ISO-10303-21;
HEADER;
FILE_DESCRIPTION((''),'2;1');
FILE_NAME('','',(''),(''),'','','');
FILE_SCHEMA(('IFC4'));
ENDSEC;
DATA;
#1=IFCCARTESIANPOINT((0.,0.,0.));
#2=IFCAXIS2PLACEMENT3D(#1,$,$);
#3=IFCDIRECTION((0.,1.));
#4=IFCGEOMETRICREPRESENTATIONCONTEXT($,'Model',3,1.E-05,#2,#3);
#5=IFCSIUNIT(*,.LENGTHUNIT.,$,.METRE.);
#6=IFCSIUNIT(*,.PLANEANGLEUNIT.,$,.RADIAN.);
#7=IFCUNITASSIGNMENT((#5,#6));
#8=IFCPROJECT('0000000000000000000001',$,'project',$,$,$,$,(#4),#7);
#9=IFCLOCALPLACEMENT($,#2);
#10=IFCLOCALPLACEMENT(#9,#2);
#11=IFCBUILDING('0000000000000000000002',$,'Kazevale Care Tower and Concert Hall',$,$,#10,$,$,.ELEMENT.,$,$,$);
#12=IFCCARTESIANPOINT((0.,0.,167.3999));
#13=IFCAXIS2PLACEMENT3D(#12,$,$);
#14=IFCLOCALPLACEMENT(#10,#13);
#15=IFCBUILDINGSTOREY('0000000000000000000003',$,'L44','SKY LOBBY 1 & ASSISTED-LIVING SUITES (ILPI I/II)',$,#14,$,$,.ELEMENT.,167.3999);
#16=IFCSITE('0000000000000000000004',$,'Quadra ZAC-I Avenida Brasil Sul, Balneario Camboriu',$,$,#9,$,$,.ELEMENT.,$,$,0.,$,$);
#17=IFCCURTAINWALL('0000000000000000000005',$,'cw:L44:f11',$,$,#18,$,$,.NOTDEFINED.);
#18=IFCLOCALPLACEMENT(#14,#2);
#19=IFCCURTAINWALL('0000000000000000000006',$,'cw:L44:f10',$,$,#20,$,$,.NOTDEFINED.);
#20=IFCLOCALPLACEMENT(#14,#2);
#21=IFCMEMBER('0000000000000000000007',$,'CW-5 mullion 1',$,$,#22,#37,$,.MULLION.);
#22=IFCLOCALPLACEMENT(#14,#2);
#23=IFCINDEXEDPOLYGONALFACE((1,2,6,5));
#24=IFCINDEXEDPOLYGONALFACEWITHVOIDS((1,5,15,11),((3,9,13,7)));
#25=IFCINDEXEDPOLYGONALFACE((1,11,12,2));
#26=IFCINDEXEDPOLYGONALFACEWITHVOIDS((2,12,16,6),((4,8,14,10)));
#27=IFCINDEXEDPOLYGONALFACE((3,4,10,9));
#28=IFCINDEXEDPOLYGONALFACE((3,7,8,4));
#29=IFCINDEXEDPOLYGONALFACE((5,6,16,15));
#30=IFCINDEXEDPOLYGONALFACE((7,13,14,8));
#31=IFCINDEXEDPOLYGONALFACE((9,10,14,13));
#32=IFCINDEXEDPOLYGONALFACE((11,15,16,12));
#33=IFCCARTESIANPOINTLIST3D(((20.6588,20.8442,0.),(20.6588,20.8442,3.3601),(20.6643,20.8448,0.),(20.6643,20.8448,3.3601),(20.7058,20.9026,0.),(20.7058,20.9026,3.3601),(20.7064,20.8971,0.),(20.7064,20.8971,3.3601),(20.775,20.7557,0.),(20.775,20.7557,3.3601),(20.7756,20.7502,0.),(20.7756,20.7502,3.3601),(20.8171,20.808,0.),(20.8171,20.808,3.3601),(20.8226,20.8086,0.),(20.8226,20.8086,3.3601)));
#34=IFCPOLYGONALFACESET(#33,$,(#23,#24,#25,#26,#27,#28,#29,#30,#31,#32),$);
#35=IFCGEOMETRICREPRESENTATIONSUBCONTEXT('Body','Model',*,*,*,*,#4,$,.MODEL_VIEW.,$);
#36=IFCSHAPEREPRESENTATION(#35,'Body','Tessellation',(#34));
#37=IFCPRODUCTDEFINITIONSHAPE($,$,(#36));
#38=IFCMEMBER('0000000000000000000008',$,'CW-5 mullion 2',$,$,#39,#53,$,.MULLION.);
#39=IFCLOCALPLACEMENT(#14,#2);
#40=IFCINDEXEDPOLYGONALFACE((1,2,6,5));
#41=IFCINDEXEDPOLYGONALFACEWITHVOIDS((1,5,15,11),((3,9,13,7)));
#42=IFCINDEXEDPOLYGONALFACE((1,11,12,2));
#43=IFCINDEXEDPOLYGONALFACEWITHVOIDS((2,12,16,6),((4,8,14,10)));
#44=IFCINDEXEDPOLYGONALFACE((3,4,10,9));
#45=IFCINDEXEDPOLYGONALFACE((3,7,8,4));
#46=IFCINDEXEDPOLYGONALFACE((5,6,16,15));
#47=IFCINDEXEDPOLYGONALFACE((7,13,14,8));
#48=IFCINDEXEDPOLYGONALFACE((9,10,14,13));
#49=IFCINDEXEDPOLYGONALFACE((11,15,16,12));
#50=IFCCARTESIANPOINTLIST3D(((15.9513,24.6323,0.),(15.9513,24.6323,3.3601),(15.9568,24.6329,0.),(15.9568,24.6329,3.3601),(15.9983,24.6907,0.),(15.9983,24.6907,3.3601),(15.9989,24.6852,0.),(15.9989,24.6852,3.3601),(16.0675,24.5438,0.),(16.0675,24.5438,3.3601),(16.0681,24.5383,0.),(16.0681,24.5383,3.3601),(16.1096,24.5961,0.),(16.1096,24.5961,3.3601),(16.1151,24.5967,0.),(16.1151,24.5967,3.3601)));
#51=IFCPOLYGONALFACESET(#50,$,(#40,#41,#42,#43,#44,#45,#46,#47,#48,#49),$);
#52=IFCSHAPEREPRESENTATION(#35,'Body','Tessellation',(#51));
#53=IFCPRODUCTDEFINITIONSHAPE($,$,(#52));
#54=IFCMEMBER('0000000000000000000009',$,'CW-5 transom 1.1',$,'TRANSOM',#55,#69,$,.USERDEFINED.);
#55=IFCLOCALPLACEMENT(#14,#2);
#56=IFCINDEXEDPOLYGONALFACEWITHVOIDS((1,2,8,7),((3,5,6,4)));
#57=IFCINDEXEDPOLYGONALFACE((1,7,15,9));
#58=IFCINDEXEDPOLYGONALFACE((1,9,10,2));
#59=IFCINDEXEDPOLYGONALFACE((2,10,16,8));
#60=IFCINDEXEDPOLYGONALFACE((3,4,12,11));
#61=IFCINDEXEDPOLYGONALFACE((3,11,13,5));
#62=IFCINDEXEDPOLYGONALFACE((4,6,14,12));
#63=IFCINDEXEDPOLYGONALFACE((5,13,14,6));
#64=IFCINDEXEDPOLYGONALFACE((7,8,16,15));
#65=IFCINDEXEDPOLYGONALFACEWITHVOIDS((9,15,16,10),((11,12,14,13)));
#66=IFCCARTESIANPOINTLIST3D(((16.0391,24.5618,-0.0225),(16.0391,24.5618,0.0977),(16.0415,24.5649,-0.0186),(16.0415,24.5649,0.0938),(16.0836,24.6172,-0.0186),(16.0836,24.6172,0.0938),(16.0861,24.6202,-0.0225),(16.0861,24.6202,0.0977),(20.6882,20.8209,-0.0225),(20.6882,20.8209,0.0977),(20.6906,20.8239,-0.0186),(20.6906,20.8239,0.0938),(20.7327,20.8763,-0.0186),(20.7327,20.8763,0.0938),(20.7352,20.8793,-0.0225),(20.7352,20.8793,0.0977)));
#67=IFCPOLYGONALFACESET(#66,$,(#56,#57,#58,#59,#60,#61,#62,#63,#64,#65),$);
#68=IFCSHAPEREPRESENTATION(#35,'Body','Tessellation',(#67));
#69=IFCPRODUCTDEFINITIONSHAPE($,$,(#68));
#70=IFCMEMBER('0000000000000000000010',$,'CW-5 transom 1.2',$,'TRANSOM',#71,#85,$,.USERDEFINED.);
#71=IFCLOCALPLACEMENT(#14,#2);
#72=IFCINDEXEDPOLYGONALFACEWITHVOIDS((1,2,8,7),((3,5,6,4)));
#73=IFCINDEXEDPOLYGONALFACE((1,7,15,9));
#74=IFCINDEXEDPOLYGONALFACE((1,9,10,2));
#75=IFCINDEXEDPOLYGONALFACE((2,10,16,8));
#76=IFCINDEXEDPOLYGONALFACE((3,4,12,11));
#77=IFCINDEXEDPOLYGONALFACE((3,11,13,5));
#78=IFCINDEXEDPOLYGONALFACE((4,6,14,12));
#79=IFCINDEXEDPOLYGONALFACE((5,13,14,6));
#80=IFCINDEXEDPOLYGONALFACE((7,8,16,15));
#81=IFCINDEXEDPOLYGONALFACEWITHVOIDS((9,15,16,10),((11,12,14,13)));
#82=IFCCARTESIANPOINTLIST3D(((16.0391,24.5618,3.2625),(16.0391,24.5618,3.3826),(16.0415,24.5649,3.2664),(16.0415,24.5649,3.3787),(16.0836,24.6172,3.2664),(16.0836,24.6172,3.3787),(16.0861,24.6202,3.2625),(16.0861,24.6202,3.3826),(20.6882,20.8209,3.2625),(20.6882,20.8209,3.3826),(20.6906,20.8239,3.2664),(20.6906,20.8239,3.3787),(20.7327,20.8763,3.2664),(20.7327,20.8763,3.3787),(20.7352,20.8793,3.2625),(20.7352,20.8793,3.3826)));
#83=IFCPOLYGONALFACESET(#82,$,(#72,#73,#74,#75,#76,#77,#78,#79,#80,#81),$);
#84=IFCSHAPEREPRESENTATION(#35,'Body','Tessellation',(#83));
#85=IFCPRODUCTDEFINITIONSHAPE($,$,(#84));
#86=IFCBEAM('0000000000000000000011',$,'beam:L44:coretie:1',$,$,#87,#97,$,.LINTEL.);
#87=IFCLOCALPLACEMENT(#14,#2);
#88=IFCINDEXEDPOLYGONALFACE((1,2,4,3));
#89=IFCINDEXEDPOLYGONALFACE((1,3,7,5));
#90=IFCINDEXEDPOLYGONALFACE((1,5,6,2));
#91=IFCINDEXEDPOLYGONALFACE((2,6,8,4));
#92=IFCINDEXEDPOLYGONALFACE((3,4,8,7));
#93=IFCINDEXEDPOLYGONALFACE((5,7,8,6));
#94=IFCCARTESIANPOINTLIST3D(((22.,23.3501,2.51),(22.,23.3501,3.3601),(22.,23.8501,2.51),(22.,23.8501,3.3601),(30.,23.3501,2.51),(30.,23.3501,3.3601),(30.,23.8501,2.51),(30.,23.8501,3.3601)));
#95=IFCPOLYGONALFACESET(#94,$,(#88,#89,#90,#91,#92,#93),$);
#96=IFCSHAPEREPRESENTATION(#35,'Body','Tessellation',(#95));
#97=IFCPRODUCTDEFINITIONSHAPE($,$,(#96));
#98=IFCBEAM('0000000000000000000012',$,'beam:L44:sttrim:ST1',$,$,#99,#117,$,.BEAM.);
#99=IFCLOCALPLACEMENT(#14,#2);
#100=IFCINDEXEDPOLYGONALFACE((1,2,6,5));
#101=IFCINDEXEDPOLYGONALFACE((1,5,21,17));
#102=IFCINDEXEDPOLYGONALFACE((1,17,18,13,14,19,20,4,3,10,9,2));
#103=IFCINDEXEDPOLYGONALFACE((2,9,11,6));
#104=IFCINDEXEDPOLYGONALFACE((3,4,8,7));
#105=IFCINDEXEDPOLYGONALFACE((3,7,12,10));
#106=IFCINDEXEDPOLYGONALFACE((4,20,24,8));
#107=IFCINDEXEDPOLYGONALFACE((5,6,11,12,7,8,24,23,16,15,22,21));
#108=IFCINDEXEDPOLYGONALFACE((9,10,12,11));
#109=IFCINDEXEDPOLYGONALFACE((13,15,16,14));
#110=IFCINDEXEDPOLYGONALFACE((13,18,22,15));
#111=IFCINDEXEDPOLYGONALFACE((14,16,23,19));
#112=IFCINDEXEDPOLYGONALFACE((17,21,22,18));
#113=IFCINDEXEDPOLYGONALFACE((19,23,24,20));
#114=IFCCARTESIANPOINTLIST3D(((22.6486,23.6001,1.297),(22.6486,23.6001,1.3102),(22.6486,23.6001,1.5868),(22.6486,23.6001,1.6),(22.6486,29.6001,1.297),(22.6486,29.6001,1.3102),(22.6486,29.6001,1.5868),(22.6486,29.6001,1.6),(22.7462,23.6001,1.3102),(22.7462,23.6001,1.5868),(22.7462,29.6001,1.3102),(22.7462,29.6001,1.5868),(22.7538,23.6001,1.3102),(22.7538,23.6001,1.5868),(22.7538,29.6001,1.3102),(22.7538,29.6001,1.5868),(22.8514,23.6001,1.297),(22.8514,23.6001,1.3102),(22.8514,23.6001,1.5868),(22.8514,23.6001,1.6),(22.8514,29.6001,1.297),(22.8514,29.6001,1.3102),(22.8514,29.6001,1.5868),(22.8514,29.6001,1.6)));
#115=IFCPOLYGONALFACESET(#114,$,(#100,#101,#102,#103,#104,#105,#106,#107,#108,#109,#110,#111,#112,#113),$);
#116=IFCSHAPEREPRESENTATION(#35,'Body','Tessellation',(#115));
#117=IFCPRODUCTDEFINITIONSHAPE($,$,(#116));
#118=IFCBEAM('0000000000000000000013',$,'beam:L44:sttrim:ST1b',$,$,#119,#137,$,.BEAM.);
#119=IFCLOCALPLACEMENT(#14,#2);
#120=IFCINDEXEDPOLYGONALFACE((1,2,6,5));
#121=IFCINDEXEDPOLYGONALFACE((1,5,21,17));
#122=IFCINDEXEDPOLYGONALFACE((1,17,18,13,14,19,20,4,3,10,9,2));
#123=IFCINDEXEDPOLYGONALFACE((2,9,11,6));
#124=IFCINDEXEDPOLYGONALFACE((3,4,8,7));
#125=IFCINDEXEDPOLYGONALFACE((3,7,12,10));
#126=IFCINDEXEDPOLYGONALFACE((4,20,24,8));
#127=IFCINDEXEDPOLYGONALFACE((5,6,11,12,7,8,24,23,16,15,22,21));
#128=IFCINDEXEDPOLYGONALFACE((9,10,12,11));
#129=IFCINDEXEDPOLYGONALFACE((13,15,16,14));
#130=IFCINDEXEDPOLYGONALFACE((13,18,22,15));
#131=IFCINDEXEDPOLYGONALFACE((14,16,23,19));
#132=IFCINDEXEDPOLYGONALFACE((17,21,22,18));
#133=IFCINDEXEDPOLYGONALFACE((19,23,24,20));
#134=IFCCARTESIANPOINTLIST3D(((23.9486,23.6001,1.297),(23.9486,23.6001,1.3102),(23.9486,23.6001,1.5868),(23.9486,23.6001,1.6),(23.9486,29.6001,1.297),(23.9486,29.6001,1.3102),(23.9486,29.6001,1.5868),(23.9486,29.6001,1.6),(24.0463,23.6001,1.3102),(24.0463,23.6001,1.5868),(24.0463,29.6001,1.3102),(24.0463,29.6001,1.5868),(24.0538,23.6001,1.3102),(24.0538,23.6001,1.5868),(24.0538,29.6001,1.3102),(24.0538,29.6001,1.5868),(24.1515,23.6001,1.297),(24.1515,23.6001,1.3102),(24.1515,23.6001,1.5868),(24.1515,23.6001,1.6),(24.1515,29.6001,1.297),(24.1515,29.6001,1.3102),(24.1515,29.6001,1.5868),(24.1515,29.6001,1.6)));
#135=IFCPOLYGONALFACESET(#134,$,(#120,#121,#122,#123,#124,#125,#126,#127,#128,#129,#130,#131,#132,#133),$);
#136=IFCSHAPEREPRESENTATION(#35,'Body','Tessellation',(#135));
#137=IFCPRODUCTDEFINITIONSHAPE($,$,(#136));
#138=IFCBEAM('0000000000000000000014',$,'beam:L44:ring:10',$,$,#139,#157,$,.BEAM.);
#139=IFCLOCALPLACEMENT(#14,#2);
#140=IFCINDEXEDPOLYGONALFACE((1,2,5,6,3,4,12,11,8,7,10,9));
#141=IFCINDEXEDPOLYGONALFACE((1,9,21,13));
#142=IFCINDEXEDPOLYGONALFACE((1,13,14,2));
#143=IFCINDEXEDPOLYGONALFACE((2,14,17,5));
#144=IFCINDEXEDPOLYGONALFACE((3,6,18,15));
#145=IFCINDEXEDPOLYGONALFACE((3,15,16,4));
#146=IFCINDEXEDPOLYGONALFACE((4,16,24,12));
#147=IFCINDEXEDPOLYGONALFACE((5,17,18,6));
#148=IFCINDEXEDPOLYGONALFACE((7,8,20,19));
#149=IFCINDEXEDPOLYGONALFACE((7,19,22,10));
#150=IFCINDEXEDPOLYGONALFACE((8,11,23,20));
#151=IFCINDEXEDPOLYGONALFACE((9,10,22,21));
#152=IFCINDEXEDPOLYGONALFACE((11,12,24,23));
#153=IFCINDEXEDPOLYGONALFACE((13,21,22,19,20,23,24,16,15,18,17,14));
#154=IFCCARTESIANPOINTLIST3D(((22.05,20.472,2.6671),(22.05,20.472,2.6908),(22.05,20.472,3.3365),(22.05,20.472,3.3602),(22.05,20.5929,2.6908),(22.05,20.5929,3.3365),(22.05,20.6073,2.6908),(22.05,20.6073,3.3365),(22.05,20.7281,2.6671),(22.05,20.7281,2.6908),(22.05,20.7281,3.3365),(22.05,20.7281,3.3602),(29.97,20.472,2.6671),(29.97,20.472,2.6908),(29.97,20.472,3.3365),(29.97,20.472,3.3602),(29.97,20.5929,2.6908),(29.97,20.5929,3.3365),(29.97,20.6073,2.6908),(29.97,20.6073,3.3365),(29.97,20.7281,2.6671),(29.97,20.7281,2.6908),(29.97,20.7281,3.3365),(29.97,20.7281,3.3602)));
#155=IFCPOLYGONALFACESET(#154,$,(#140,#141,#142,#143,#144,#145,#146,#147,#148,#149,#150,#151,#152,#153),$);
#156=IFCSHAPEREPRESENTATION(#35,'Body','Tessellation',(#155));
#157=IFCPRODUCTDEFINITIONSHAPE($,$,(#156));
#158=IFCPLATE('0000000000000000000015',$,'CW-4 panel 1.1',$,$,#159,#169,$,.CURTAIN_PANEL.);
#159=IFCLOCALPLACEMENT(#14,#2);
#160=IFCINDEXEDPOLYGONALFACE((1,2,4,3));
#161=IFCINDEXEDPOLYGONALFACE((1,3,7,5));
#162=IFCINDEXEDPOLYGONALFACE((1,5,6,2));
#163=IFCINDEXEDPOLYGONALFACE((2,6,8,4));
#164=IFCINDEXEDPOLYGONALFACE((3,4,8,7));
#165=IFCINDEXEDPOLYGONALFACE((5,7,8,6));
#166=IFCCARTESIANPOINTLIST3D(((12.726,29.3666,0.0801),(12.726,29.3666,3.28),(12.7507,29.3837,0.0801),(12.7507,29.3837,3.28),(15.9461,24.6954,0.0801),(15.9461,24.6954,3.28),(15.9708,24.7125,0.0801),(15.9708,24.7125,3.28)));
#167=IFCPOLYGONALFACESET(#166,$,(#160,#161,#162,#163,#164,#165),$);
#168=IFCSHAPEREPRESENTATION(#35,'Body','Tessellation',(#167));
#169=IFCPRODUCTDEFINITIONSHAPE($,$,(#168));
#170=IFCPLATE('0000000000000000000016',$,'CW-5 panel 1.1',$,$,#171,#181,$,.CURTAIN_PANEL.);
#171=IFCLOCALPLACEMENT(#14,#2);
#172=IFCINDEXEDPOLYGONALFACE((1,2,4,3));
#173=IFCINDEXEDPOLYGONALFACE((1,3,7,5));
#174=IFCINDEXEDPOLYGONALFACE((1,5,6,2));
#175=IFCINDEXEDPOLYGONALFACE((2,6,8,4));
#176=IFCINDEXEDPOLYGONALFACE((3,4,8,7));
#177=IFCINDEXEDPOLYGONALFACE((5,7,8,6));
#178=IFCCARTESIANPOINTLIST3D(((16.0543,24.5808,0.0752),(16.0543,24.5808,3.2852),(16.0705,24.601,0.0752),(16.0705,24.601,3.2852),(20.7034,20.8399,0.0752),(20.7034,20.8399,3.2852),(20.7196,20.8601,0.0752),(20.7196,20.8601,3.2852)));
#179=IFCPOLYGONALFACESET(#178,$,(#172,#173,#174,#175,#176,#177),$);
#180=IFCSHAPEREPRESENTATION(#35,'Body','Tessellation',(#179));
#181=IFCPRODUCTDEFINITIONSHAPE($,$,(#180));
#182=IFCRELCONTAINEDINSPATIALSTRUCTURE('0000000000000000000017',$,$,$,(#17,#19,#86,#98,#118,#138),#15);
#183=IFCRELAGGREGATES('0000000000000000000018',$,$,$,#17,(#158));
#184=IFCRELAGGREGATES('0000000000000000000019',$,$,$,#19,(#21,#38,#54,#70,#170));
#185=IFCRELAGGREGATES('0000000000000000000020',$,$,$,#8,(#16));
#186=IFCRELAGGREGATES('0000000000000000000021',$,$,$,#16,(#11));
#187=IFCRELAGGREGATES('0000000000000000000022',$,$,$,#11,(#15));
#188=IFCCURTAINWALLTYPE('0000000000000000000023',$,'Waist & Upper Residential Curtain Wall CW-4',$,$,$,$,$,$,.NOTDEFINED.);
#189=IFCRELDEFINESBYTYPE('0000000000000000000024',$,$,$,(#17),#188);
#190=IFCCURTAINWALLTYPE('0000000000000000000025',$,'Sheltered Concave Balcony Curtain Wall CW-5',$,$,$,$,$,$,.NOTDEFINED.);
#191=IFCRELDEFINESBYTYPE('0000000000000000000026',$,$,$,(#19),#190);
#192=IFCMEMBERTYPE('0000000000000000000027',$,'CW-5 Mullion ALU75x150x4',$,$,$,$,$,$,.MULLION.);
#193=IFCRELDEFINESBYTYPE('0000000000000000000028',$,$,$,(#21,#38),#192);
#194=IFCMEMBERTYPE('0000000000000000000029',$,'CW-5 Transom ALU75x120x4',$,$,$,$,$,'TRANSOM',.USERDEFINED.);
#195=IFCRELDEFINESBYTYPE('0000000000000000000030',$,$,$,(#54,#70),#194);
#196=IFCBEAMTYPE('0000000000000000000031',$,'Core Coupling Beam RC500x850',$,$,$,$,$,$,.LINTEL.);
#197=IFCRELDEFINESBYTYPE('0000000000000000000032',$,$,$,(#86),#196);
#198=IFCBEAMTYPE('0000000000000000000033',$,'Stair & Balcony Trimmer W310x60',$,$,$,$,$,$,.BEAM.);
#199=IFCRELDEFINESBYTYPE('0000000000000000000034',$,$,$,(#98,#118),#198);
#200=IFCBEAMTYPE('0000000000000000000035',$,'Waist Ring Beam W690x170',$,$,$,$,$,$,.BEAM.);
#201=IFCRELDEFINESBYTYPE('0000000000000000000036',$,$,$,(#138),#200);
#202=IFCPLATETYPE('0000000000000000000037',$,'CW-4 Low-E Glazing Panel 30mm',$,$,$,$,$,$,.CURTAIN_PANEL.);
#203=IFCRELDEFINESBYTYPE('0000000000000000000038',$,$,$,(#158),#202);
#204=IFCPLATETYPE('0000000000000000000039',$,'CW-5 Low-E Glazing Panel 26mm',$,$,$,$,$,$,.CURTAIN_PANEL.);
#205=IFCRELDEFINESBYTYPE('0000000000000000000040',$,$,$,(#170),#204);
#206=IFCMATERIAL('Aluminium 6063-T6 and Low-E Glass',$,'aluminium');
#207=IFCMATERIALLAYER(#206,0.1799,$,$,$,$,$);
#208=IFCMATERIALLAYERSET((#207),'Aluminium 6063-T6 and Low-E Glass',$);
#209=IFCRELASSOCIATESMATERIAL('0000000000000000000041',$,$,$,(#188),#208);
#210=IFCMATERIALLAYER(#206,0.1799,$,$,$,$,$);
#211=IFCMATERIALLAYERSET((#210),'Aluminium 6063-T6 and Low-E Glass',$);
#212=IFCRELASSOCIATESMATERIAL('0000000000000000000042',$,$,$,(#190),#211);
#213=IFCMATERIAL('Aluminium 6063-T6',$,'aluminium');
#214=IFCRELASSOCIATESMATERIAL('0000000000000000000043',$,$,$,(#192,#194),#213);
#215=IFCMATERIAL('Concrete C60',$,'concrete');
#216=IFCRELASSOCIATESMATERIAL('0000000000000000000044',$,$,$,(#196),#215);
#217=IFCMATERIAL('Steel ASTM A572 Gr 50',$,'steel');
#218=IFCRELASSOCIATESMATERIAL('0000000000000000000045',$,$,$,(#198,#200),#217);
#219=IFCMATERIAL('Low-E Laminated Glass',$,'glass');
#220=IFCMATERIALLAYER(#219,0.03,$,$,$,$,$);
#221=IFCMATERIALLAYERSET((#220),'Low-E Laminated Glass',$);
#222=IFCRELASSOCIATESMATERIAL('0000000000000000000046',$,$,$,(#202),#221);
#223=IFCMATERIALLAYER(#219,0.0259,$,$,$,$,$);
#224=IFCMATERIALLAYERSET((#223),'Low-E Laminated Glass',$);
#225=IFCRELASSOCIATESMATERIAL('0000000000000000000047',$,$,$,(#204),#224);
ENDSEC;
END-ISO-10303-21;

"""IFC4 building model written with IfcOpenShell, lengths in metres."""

from ifc_helpers import new_model, si_unit, direction, frame, origin, origin_2d, place, context, subcontext, project, spatial, rectangle, hollow_rectangle, i_section, extrude, material, layer, layer_set, material_profile, profile_set, type_object, element, aggregate, save


model = new_model("IFC4")

# Units and contexts
model_context = context("Model", 3, precision=1e-05, world=origin(), true_north=direction((0.0, 1.0)))
body_context = subcontext(model_context, "Body", "Model", "MODEL_VIEW")
ifc_project = project(units=[si_unit("LENGTHUNIT", "METRE"), si_unit("PLANEANGLEUNIT", "RADIAN")], contexts=[model_context])

# Site, building, storey
site_placement = place(None, origin())
site = spatial("IfcSite", under=ifc_project, at=site_placement, Name="Quadra ZAC-I Avenida Brasil Sul, Balneario Camboriu", CompositionType="ELEMENT", RefElevation=0.0)
building_placement = place(site_placement, origin())
building = spatial("IfcBuilding", under=site, at=building_placement, Name="Kazevale Care Tower and Concert Hall", CompositionType="ELEMENT")
storey_placement = place(building_placement, frame((0.0, 0.0, 167.3999)))
storey = spatial("IfcBuildingStorey", under=building, at=storey_placement, Name="L44", Description="SKY LOBBY 1 & ASSISTED-LIVING SUITES (ILPI I/II)", CompositionType="ELEMENT", Elevation=167.3999)

# Shared definitions
ifc_material_1 = material(Name="Concrete C60", Category="concrete")

# Curtain wall
ifc_material_2 = material(Name="Aluminium 6063-T6 and Low-E Glass", Category="aluminium")
ifc_layer_1 = layer(ifc_material_2, 0.1799)
ifc_layer_set_1 = layer_set([ifc_layer_1], Name="Aluminium 6063-T6 and Low-E Glass")
curtain_wall_type_1 = type_object("IfcCurtainWallType", Name="Waist & Upper Residential Curtain Wall CW-4", PredefinedType="NOTDEFINED", material=ifc_layer_set_1)
curtain_wall_1_placement = place(storey_placement, origin())
curtain_wall_1 = element("IfcCurtainWall", 1, at=curtain_wall_1_placement, inside=storey, type_object=curtain_wall_type_1, Name="cw:L44:f11", PredefinedType="NOTDEFINED")
ifc_material_3 = material(Name="Aluminium 6063-T6", Category="aluminium")

# Curtain wall, members
ifc_layer_2 = layer(ifc_material_2, 0.1799)
ifc_layer_set_2 = layer_set([ifc_layer_2], Name="Aluminium 6063-T6 and Low-E Glass")
curtain_wall_type_2 = type_object("IfcCurtainWallType", Name="Sheltered Concave Balcony Curtain Wall CW-5", PredefinedType="NOTDEFINED", material=ifc_layer_set_2)
curtain_wall_2_placement = place(storey_placement, origin())
curtain_wall_2 = element("IfcCurtainWall", 2, at=curtain_wall_2_placement, inside=storey, type_object=curtain_wall_type_2, Name="cw:L44:f10", PredefinedType="NOTDEFINED")
ifc_material_profile_1 = material_profile(ifc_material_3, hollow_rectangle(XDim=0.075, YDim=0.1499, WallThickness=0.0039, at=origin_2d()), Name="ALU75x150x4")
ifc_profile_set_1 = profile_set([ifc_material_profile_1], Name="Aluminium 6063-T6")
member_type_1 = type_object("IfcMemberType", Name="CW-5 Mullion ALU75x150x4", PredefinedType="MULLION", material=ifc_profile_set_1)
member_1_placement = place(storey_placement, frame((20.7407, 20.8264, 0.0), z_axis=(0.0, 0.0, 1.0), x_axis=(-0.626905, -0.779095, 0.0)))
member_1 = element("IfcMember", 3, at=member_1_placement, type_object=member_type_1, Name="CW-5 mullion 1", PredefinedType="MULLION", context=body_context, shape_type="SweptSolid", body=[
    extrude(hollow_rectangle(XDim=0.075, YDim=0.1499, WallThickness=0.0039, at=origin_2d()), origin(), (0.0, 0.0, 1.0), 3.3601),
])
member_2_placement = place(storey_placement, frame((16.0332, 24.6145, 0.0), z_axis=(0.0, 0.0, 1.0), x_axis=(-0.626905, -0.779095, 0.0)))
member_2 = element("IfcMember", 4, at=member_2_placement, type_object=member_type_1, Name="CW-5 mullion 2", PredefinedType="MULLION", context=body_context, shape_type="SweptSolid", body=[
    extrude(hollow_rectangle(XDim=0.075, YDim=0.1499, WallThickness=0.0039, at=origin_2d()), origin(), (0.0, 0.0, 1.0), 3.3601),
])
ifc_material_profile_2 = material_profile(ifc_material_3, hollow_rectangle(XDim=0.075, YDim=0.1201, WallThickness=0.0039, at=origin_2d()), Name="ALU75x120x4")
ifc_profile_set_2 = profile_set([ifc_material_profile_2], Name="Aluminium 6063-T6")
member_type_2 = type_object("IfcMemberType", Name="CW-5 Transom ALU75x120x4", ElementType="TRANSOM", PredefinedType="USERDEFINED", material=ifc_profile_set_2)
member_3_placement = place(storey_placement, frame((20.7117, 20.8501, 0.0376), z_axis=(-0.779097, 0.626903, 0.0), x_axis=(-0.626903, -0.779097, 0.0)))
member_3 = element("IfcMember", 5, at=member_3_placement, type_object=member_type_2, Name="CW-5 transom 1.1", ObjectType="TRANSOM", PredefinedType="USERDEFINED", context=body_context, shape_type="SweptSolid", body=[
    extrude(hollow_rectangle(XDim=0.075, YDim=0.1201, WallThickness=0.0039, at=origin_2d()), origin(), (0.0, 0.0, 1.0), 5.9673),
])
member_4_placement = place(storey_placement, frame((20.7117, 20.8501, 3.3225), z_axis=(-0.779097, 0.626903, 0.0), x_axis=(-0.626903, -0.779097, 0.0)))
member_4 = element("IfcMember", 6, at=member_4_placement, type_object=member_type_2, Name="CW-5 transom 1.2", ObjectType="TRANSOM", PredefinedType="USERDEFINED", context=body_context, shape_type="SweptSolid", body=[
    extrude(hollow_rectangle(XDim=0.075, YDim=0.1201, WallThickness=0.0039, at=origin_2d()), origin(), (0.0, 0.0, 1.0), 5.9673),
])

# Beams
ifc_material_profile_3 = material_profile(ifc_material_1, rectangle(XDim=0.5, YDim=0.8501, at=origin_2d()), Name="RC-B500x850")
ifc_profile_set_3 = profile_set([ifc_material_profile_3], Name="Concrete C60")
beam_type_1 = type_object("IfcBeamType", Name="Core Coupling Beam RC500x850", PredefinedType="LINTEL", material=ifc_profile_set_3)
beam_1_placement = place(storey_placement, frame((22.0, 23.6001, 2.9351), z_axis=(1.0, 0.0, 0.0), x_axis=(0.0, 1.0, 0.0)))
element("IfcBeam", 7, at=beam_1_placement, inside=storey, type_object=beam_type_1, Name="beam:L44:coretie:1", PredefinedType="LINTEL", context=body_context, shape_type="SweptSolid", body=[
    extrude(rectangle(XDim=0.5, YDim=0.8501, at=origin_2d()), origin(), (0.0, 0.0, 1.0), 8.0),
])
ifc_material_4 = material(Name="Steel ASTM A572 Gr 50", Category="steel")
ifc_material_profile_4 = material_profile(ifc_material_4, i_section(OverallWidth=0.2029, OverallDepth=0.303, WebThickness=0.0076, FlangeThickness=0.0132, at=origin_2d()), Name="W310x60")
ifc_profile_set_4 = profile_set([ifc_material_profile_4], Name="Steel ASTM A572 Gr 50")
beam_type_2 = type_object("IfcBeamType", Name="Stair & Balcony Trimmer W310x60", PredefinedType="BEAM", material=ifc_profile_set_4)
for number, where, z_axis, x_axis, name in (
    (8, (22.75, 23.6001, 1.4485), (0.0, 1.0, 0.0), (-1.0, 0.0, 0.0), "beam:L44:sttrim:ST1"),
    (9, (24.05, 23.6001, 1.4485), (0.0, 1.0, 0.0), (-1.0, 0.0, 0.0), "beam:L44:sttrim:ST1b"),
):
    element("IfcBeam", number, at=place(storey_placement, frame(where, z_axis=z_axis, x_axis=x_axis)), inside=storey, type_object=beam_type_2, Name=name, PredefinedType="BEAM", context=body_context, shape_type="SweptSolid", body=[
        extrude(i_section(OverallWidth=0.2029, OverallDepth=0.303, WebThickness=0.0076, FlangeThickness=0.0132, at=origin_2d()), origin(), (0.0, 0.0, 1.0), 6.0),
    ])
ifc_material_profile_5 = material_profile(ifc_material_4, i_section(OverallWidth=0.2561, OverallDepth=0.6931, WebThickness=0.0144, FlangeThickness=0.0237, at=origin_2d()), Name="W690x170")
ifc_profile_set_5 = profile_set([ifc_material_profile_5], Name="Steel ASTM A572 Gr 50")
beam_type_3 = type_object("IfcBeamType", Name="Waist Ring Beam W690x170", PredefinedType="BEAM", material=ifc_profile_set_5)
beam_2_placement = place(storey_placement, frame((22.05, 20.6001, 3.0137), z_axis=(1.0, 0.0, 0.0), x_axis=(0.0, 1.0, 0.0)))
element("IfcBeam", 10, at=beam_2_placement, inside=storey, type_object=beam_type_3, Name="beam:L44:ring:10", PredefinedType="BEAM", context=body_context, shape_type="SweptSolid", body=[
    extrude(i_section(OverallWidth=0.2561, OverallDepth=0.6931, WebThickness=0.0144, FlangeThickness=0.0237, at=origin_2d()), origin(), (0.0, 0.0, 1.0), 7.9199),
])

# Plates
ifc_material_5 = material(Name="Low-E Laminated Glass", Category="glass")
ifc_layer_3 = layer(ifc_material_5, 0.03)
ifc_layer_set_3 = layer_set([ifc_layer_3], Name="Low-E Laminated Glass")
plate_type_1 = type_object("IfcPlateType", Name="CW-4 Low-E Glazing Panel 30mm", PredefinedType="CURTAIN_PANEL", material=ifc_layer_set_3)
plate_1_placement = place(storey_placement, frame((14.3484, 27.0396, 0.0801), z_axis=(0.0, 0.0, 1.0), x_axis=(-0.567569, 0.823326, 0.0)))
plate_1 = element("IfcPlate", 11, at=plate_1_placement, type_object=plate_type_1, Name="CW-4 panel 1.1", PredefinedType="CURTAIN_PANEL", context=body_context, shape_type="SweptSolid", body=[
    extrude(rectangle(XDim=5.6736, YDim=0.03, at=origin_2d()), origin(), (0.0, 0.0, 1.0), 3.2),
])
aggregate(curtain_wall_1, [plate_1])
ifc_layer_4 = layer(ifc_material_5, 0.0259)
ifc_layer_set_4 = layer_set([ifc_layer_4], Name="Low-E Laminated Glass")
plate_type_2 = type_object("IfcPlateType", Name="CW-5 Low-E Glazing Panel 26mm", PredefinedType="CURTAIN_PANEL", material=ifc_layer_set_4)
plate_2_placement = place(storey_placement, frame((18.387, 22.7205, 0.0752), z_axis=(0.0, 0.0, 1.0), x_axis=(-0.779095, 0.626905, 0.0)))
plate_2 = element("IfcPlate", 12, at=plate_2_placement, type_object=plate_type_2, Name="CW-5 panel 1.1", PredefinedType="CURTAIN_PANEL", context=body_context, shape_type="SweptSolid", body=[
    extrude(rectangle(XDim=5.9673, YDim=0.0259, at=origin_2d()), origin(), (0.0, 0.0, 1.0), 3.21),
])
aggregate(curtain_wall_2, [member_1, member_2, member_3, member_4, plate_2])

save(model, "model.ifc")
